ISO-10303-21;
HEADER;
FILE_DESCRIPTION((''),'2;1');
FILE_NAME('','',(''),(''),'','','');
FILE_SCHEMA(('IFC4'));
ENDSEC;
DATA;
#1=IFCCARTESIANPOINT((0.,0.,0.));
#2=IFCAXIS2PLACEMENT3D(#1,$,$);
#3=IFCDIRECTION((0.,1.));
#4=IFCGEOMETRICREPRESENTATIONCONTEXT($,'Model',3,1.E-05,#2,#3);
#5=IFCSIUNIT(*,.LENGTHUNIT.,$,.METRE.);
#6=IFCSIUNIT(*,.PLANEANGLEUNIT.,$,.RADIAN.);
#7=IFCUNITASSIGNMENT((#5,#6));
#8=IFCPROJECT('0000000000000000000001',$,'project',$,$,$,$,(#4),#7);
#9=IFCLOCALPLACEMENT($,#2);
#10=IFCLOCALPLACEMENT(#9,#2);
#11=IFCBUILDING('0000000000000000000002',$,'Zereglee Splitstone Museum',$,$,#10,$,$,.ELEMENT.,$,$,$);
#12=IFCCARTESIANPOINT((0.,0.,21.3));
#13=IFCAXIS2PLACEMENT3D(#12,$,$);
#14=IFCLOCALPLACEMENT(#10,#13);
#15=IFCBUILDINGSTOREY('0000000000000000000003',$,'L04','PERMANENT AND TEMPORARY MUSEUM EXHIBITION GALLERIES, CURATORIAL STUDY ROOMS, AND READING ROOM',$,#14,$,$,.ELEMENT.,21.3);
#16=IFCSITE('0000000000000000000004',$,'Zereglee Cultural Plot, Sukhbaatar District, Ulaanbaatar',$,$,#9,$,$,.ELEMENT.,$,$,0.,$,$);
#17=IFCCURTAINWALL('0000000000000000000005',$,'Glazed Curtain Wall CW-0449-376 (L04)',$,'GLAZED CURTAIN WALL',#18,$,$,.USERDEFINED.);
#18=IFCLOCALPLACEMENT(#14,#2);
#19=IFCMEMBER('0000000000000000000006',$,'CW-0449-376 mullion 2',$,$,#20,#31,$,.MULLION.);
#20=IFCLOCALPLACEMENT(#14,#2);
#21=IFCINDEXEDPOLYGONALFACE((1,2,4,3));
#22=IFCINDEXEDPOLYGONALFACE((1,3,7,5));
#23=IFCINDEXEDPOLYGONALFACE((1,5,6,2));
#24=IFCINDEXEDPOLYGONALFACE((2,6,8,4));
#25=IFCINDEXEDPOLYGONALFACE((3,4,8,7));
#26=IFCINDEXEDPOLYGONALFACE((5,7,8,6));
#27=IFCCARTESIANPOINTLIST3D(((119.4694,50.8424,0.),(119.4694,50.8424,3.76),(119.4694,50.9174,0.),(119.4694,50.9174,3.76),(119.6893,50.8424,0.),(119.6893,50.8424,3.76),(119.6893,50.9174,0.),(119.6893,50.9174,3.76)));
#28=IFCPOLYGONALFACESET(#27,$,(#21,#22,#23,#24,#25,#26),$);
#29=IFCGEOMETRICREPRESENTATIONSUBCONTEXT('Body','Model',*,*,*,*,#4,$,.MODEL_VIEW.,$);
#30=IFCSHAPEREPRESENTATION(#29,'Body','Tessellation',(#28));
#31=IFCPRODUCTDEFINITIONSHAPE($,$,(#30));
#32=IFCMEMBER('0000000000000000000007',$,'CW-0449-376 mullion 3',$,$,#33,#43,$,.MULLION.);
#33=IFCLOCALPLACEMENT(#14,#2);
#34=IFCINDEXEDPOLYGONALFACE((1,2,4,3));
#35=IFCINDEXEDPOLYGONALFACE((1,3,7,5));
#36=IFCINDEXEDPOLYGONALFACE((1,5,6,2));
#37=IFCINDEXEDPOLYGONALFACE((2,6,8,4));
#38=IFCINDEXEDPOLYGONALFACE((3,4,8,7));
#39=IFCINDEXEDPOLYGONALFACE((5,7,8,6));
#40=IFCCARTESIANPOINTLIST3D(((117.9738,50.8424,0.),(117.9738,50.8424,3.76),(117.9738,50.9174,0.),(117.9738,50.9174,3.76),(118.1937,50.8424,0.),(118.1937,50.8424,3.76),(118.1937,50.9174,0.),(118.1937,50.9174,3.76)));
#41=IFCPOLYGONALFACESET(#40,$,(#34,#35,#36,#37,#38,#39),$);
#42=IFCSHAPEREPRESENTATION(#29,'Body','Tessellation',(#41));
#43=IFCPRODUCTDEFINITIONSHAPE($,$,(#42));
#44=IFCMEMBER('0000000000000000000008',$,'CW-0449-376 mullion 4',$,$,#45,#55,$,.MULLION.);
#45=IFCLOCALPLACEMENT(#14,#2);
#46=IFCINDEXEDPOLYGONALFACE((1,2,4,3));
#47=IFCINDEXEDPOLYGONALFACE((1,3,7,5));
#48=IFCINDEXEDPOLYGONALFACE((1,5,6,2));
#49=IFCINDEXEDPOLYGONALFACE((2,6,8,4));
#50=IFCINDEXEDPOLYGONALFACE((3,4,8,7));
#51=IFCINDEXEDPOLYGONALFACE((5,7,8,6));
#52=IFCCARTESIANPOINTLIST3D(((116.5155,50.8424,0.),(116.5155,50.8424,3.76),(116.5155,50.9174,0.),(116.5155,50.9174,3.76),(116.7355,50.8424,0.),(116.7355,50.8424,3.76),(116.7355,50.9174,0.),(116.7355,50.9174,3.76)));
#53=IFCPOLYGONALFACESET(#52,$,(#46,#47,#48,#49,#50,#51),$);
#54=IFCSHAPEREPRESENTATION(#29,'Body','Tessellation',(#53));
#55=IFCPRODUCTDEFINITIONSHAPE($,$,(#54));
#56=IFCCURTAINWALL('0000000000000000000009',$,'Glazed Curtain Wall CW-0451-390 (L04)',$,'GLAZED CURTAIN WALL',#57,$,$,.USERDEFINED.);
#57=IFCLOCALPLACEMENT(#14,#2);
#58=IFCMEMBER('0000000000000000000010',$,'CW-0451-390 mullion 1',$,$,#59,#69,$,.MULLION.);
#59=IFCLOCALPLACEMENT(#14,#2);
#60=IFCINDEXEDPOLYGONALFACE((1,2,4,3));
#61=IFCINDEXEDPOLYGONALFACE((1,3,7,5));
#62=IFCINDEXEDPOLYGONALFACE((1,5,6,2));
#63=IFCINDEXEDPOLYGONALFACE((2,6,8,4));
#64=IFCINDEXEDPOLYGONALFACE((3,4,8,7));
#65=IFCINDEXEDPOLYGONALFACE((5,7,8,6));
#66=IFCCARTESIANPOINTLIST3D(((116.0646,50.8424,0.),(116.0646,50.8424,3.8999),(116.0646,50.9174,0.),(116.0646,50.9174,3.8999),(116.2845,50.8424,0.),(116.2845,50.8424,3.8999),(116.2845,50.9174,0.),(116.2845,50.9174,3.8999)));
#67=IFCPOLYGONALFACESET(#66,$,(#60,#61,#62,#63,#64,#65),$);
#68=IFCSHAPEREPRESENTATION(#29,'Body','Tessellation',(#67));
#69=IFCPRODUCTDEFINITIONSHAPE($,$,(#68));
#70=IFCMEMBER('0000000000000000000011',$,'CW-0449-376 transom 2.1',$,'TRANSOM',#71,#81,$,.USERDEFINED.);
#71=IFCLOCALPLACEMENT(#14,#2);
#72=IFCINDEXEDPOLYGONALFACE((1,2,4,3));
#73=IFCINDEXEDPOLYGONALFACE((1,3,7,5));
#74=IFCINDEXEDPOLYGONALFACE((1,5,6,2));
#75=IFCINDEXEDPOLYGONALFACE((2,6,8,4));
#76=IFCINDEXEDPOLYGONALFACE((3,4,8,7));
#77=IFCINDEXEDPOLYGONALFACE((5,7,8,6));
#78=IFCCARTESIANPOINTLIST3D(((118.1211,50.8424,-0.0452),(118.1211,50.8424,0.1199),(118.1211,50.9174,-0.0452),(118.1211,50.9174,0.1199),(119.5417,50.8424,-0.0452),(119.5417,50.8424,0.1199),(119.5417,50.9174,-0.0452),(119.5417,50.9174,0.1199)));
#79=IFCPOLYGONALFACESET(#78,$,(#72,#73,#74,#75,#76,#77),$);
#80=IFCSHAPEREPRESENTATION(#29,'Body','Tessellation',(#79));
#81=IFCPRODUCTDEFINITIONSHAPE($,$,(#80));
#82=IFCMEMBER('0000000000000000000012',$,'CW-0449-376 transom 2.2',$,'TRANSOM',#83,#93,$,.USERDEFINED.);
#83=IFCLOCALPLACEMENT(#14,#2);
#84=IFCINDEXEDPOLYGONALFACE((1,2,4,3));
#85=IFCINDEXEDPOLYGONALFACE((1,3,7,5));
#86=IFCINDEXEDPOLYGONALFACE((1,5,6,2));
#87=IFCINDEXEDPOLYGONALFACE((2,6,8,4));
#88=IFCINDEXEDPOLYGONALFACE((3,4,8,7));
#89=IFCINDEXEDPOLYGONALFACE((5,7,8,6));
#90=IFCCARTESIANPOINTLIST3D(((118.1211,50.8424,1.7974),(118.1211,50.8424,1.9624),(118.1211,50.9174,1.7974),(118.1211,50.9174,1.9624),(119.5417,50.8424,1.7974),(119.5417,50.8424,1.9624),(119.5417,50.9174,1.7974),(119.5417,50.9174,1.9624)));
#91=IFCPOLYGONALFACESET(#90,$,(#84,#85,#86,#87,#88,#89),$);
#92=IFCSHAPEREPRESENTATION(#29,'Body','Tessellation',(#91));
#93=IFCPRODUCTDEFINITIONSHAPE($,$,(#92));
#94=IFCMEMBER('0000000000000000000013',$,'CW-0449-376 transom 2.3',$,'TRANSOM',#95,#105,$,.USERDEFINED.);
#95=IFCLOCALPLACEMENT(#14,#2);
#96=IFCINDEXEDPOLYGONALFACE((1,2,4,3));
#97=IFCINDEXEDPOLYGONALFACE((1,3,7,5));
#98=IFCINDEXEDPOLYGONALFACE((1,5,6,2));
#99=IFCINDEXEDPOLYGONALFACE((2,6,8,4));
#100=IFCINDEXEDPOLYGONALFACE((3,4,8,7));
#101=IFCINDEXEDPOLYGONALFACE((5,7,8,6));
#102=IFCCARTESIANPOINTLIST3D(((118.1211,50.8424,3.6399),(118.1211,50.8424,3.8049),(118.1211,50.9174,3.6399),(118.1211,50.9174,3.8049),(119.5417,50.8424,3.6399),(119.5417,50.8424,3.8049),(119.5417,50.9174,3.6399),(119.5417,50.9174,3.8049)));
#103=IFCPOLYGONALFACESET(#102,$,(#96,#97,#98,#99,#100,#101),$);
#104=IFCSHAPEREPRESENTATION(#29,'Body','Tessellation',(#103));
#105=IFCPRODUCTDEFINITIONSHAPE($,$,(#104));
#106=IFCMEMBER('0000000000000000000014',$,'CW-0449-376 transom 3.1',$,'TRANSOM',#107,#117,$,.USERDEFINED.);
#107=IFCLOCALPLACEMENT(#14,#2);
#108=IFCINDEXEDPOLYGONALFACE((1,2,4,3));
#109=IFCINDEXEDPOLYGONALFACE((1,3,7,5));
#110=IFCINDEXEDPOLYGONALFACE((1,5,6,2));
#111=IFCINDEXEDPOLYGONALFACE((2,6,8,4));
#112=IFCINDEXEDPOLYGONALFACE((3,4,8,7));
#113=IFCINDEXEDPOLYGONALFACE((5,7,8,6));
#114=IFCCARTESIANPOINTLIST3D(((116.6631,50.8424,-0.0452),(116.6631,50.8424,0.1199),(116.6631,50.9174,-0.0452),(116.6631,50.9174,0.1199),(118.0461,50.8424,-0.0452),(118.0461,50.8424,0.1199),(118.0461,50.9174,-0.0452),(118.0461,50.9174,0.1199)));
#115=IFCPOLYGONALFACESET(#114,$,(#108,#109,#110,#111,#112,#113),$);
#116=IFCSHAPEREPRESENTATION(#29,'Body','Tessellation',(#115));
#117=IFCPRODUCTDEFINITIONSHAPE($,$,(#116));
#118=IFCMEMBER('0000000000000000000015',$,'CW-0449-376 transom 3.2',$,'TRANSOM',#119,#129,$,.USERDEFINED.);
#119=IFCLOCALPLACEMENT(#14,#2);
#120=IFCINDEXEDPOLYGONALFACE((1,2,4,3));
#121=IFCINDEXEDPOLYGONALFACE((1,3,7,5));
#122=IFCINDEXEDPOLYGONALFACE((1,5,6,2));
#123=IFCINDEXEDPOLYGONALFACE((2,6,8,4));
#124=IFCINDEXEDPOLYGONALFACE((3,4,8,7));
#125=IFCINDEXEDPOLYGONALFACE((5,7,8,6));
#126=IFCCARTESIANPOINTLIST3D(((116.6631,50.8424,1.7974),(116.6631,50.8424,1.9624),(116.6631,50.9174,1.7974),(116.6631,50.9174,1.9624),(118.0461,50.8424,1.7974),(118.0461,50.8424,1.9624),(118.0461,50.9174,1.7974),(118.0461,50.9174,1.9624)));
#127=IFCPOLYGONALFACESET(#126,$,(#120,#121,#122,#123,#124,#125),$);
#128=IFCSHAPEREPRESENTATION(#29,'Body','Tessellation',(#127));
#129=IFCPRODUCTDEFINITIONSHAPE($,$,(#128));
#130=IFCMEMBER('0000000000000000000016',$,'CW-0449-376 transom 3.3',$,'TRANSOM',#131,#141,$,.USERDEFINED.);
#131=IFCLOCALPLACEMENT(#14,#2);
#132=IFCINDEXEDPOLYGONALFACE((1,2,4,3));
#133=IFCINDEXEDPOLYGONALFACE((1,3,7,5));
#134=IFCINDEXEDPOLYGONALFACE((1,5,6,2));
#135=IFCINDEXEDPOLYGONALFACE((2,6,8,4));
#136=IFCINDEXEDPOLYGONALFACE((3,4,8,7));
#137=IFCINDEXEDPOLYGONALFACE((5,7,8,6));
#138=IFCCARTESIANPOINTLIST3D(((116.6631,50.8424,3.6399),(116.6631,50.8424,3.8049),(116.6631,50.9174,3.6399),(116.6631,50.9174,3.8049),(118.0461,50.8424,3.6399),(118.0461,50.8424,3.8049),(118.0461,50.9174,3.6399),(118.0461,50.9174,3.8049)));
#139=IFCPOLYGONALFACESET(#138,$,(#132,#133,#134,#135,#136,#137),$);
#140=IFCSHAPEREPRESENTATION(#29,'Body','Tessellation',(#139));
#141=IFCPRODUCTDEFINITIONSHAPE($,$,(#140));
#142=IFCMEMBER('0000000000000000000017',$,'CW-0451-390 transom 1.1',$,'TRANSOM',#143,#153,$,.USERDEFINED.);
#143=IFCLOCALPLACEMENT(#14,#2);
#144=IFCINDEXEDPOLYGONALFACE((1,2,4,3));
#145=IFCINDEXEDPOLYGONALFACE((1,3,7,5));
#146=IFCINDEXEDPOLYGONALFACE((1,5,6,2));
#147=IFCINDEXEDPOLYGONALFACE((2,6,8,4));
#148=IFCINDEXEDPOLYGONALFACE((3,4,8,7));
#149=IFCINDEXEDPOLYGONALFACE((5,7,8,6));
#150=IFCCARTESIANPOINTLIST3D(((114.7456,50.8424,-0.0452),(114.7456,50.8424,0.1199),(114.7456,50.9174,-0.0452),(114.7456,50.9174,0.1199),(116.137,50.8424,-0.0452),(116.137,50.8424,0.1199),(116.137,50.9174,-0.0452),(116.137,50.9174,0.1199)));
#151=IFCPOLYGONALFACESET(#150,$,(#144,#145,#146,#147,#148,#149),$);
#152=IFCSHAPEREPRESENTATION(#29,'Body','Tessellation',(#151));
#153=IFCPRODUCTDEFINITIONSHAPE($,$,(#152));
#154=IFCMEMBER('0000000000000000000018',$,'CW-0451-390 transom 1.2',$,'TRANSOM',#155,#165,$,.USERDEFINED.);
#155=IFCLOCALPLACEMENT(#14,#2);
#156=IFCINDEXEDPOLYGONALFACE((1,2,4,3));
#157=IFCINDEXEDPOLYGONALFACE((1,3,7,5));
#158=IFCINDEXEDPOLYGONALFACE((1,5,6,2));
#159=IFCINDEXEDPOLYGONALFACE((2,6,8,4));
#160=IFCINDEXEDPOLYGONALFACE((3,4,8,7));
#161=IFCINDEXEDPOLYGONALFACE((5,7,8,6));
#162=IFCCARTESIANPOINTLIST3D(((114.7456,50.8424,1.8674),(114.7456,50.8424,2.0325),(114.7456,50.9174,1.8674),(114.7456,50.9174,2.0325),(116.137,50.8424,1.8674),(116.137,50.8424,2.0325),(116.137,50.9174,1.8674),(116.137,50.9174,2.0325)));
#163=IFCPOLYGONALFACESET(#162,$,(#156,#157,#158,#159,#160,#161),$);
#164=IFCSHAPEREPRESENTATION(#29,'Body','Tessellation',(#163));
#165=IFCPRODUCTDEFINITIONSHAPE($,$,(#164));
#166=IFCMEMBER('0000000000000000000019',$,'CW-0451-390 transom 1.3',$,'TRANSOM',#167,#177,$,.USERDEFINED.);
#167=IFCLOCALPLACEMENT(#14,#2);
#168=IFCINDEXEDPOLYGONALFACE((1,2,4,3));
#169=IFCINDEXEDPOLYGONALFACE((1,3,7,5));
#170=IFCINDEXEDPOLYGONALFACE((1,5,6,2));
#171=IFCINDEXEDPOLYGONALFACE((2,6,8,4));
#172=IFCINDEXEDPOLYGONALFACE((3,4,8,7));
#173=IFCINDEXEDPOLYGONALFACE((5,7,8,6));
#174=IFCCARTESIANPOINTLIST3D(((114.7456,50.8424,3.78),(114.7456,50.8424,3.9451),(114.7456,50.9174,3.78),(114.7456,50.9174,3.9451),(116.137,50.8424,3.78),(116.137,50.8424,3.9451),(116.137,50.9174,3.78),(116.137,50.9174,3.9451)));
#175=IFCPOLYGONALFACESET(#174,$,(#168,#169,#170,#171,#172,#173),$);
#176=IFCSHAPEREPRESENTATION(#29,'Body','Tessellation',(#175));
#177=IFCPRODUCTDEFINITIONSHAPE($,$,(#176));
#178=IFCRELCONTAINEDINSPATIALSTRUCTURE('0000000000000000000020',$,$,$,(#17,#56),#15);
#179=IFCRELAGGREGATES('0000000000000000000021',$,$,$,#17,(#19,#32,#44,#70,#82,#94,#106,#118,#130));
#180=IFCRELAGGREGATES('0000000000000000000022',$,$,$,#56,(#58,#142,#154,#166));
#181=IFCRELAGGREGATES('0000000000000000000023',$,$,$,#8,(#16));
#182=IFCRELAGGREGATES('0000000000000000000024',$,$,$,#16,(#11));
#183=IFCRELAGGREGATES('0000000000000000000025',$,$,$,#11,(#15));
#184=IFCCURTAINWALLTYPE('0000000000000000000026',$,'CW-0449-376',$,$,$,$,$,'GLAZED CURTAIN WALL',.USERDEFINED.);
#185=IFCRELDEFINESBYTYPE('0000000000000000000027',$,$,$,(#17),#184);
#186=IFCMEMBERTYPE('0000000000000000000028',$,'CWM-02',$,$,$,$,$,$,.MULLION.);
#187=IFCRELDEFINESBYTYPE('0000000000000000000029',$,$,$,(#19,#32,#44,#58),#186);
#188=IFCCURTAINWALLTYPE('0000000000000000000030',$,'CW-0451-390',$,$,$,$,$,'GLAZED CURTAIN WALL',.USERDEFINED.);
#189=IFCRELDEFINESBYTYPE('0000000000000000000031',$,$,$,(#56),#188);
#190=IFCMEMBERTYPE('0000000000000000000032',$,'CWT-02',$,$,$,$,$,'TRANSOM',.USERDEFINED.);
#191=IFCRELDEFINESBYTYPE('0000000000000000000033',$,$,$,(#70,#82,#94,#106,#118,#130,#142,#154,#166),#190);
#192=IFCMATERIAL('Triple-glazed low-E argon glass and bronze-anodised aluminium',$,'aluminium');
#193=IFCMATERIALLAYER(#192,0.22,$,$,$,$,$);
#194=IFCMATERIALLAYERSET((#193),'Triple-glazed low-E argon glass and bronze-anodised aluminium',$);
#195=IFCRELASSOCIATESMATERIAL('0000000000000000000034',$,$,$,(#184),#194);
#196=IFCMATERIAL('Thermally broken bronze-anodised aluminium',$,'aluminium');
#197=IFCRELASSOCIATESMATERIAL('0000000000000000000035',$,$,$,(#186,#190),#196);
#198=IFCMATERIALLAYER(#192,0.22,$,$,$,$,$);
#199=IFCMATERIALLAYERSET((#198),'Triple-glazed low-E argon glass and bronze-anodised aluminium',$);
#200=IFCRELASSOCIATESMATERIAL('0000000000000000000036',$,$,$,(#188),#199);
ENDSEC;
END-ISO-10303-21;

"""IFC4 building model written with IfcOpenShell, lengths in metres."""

from ifc_helpers import new_model, si_unit, direction, frame, origin, origin_2d, place, context, subcontext, project, spatial, rectangle, extrude, material, layer, layer_set, material_profile, profile_set, type_object, element, aggregate, save


model = new_model("IFC4")

# Units and contexts
model_context = context("Model", 3, precision=1e-05, world=origin(), true_north=direction((0.0, 1.0)))
body_context = subcontext(model_context, "Body", "Model", "MODEL_VIEW")
ifc_project = project(units=[si_unit("LENGTHUNIT", "METRE"), si_unit("PLANEANGLEUNIT", "RADIAN")], contexts=[model_context])

# Site, building, storey
site_placement = place(None, origin())
site = spatial("IfcSite", under=ifc_project, at=site_placement, Name="Zereglee Cultural Plot, Sukhbaatar District, Ulaanbaatar", CompositionType="ELEMENT", RefElevation=0.0)
building_placement = place(site_placement, origin())
building = spatial("IfcBuilding", under=site, at=building_placement, Name="Zereglee Splitstone Museum", CompositionType="ELEMENT")
storey_placement = place(building_placement, frame((0.0, 0.0, 21.3)))
storey = spatial("IfcBuildingStorey", under=building, at=storey_placement, Name="L04", Description="PERMANENT AND TEMPORARY MUSEUM EXHIBITION GALLERIES, CURATORIAL STUDY ROOMS, AND READING ROOM", CompositionType="ELEMENT", Elevation=21.3)

# Curtain wall, members
ifc_material_1 = material(Name="Triple-glazed low-E argon glass and bronze-anodised aluminium", Category="aluminium")
ifc_layer_1 = layer(ifc_material_1, 0.22)
ifc_layer_set_1 = layer_set([ifc_layer_1], Name="Triple-glazed low-E argon glass and bronze-anodised aluminium")
curtain_wall_type_1 = type_object("IfcCurtainWallType", Name="CW-0449-376", ElementType="GLAZED CURTAIN WALL", PredefinedType="USERDEFINED", material=ifc_layer_set_1)
curtain_wall_1_placement = place(storey_placement, origin())
curtain_wall_1 = element("IfcCurtainWall", 1, at=curtain_wall_1_placement, inside=storey, type_object=curtain_wall_type_1, Name="Glazed Curtain Wall CW-0449-376 (L04)", ObjectType="GLAZED CURTAIN WALL", PredefinedType="USERDEFINED")
ifc_material_2 = material(Name="Thermally broken bronze-anodised aluminium", Category="aluminium")
ifc_material_profile_1 = material_profile(ifc_material_2, rectangle(XDim=0.075, YDim=0.22, at=origin_2d()), Name="CW MULL 75x220")
ifc_profile_set_1 = profile_set([ifc_material_profile_1], Name="Thermally broken bronze-anodised aluminium")
member_type_1 = type_object("IfcMemberType", Name="CWM-02", PredefinedType="MULLION", material=ifc_profile_set_1)
member_1_placement = place(storey_placement, frame((119.5793, 50.8799, 0.0), z_axis=(0.0, 0.0, 1.0), x_axis=(0.0, -1.0, 0.0)))
member_1 = element("IfcMember", 2, at=member_1_placement, type_object=member_type_1, Name="CW-0449-376 mullion 2", PredefinedType="MULLION", context=body_context, shape_type="SweptSolid", body=[
    extrude(rectangle(XDim=0.075, YDim=0.22, at=origin_2d()), origin(), (0.0, 0.0, 1.0), 3.76),
])
member_2_placement = place(storey_placement, frame((118.0837, 50.8799, 0.0), z_axis=(0.0, 0.0, 1.0), x_axis=(0.0, -1.0, 0.0)))
member_2 = element("IfcMember", 3, at=member_2_placement, type_object=member_type_1, Name="CW-0449-376 mullion 3", PredefinedType="MULLION", context=body_context, shape_type="SweptSolid", body=[
    extrude(rectangle(XDim=0.075, YDim=0.22, at=origin_2d()), origin(), (0.0, 0.0, 1.0), 3.76),
])
member_3_placement = place(storey_placement, frame((116.6255, 50.8799, 0.0), z_axis=(0.0, 0.0, 1.0), x_axis=(0.0, -1.0, 0.0)))
member_3 = element("IfcMember", 4, at=member_3_placement, type_object=member_type_1, Name="CW-0449-376 mullion 4", PredefinedType="MULLION", context=body_context, shape_type="SweptSolid", body=[
    extrude(rectangle(XDim=0.075, YDim=0.22, at=origin_2d()), origin(), (0.0, 0.0, 1.0), 3.76),
])

# Curtain wall, member
ifc_layer_2 = layer(ifc_material_1, 0.22)
ifc_layer_set_2 = layer_set([ifc_layer_2], Name="Triple-glazed low-E argon glass and bronze-anodised aluminium")
curtain_wall_type_2 = type_object("IfcCurtainWallType", Name="CW-0451-390", ElementType="GLAZED CURTAIN WALL", PredefinedType="USERDEFINED", material=ifc_layer_set_2)
curtain_wall_2_placement = place(storey_placement, origin())
curtain_wall_2 = element("IfcCurtainWall", 5, at=curtain_wall_2_placement, inside=storey, type_object=curtain_wall_type_2, Name="Glazed Curtain Wall CW-0451-390 (L04)", ObjectType="GLAZED CURTAIN WALL", PredefinedType="USERDEFINED")
member_4_placement = place(storey_placement, frame((116.1746, 50.8799, 0.0), z_axis=(0.0, 0.0, 1.0), x_axis=(0.0, -1.0, 0.0)))
member_4 = element("IfcMember", 6, at=member_4_placement, type_object=member_type_1, Name="CW-0451-390 mullion 1", PredefinedType="MULLION", context=body_context, shape_type="SweptSolid", body=[
    extrude(rectangle(XDim=0.075, YDim=0.22, at=origin_2d()), origin(), (0.0, 0.0, 1.0), 3.8999),
])

# Members
ifc_material_profile_2 = material_profile(ifc_material_2, rectangle(XDim=0.075, YDim=0.165, at=origin_2d()), Name="CW TRAN 75x165")
ifc_profile_set_2 = profile_set([ifc_material_profile_2], Name="Thermally broken bronze-anodised aluminium")
member_type_2 = type_object("IfcMemberType", Name="CWT-02", ElementType="TRANSOM", PredefinedType="USERDEFINED", material=ifc_profile_set_2)
member_5_placement = place(storey_placement, frame((119.5417, 50.8799, 0.0374), z_axis=(-1.0, 0.0, 0.0), x_axis=(0.0, -1.0, 0.0)))
member_5 = element("IfcMember", 7, at=member_5_placement, type_object=member_type_2, Name="CW-0449-376 transom 2.1", ObjectType="TRANSOM", PredefinedType="USERDEFINED", context=body_context, shape_type="SweptSolid", body=[
    extrude(rectangle(XDim=0.075, YDim=0.165, at=origin_2d()), origin(), (0.0, 0.0, 1.0), 1.4207),
])
member_6_placement = place(storey_placement, frame((119.5417, 50.8799, 1.8799), z_axis=(-1.0, 0.0, 0.0), x_axis=(0.0, -1.0, 0.0)))
member_6 = element("IfcMember", 8, at=member_6_placement, type_object=member_type_2, Name="CW-0449-376 transom 2.2", ObjectType="TRANSOM", PredefinedType="USERDEFINED", context=body_context, shape_type="SweptSolid", body=[
    extrude(rectangle(XDim=0.075, YDim=0.165, at=origin_2d()), origin(), (0.0, 0.0, 1.0), 1.4207),
])
member_7_placement = place(storey_placement, frame((119.5417, 50.8799, 3.7224), z_axis=(-1.0, 0.0, 0.0), x_axis=(0.0, -1.0, 0.0)))
member_7 = element("IfcMember", 9, at=member_7_placement, type_object=member_type_2, Name="CW-0449-376 transom 2.3", ObjectType="TRANSOM", PredefinedType="USERDEFINED", context=body_context, shape_type="SweptSolid", body=[
    extrude(rectangle(XDim=0.075, YDim=0.165, at=origin_2d()), origin(), (0.0, 0.0, 1.0), 1.4207),
])
member_8_placement = place(storey_placement, frame((118.0461, 50.8799, 0.0374), z_axis=(-1.0, 0.0, 0.0), x_axis=(0.0, -1.0, 0.0)))
member_8 = element("IfcMember", 10, at=member_8_placement, type_object=member_type_2, Name="CW-0449-376 transom 3.1", ObjectType="TRANSOM", PredefinedType="USERDEFINED", context=body_context, shape_type="SweptSolid", body=[
    extrude(rectangle(XDim=0.075, YDim=0.165, at=origin_2d()), origin(), (0.0, 0.0, 1.0), 1.3831),
])
member_9_placement = place(storey_placement, frame((118.0461, 50.8799, 1.8799), z_axis=(-1.0, 0.0, 0.0), x_axis=(0.0, -1.0, 0.0)))
member_9 = element("IfcMember", 11, at=member_9_placement, type_object=member_type_2, Name="CW-0449-376 transom 3.2", ObjectType="TRANSOM", PredefinedType="USERDEFINED", context=body_context, shape_type="SweptSolid", body=[
    extrude(rectangle(XDim=0.075, YDim=0.165, at=origin_2d()), origin(), (0.0, 0.0, 1.0), 1.3831),
])
member_10_placement = place(storey_placement, frame((118.0461, 50.8799, 3.7224), z_axis=(-1.0, 0.0, 0.0), x_axis=(0.0, -1.0, 0.0)))
member_10 = element("IfcMember", 12, at=member_10_placement, type_object=member_type_2, Name="CW-0449-376 transom 3.3", ObjectType="TRANSOM", PredefinedType="USERDEFINED", context=body_context, shape_type="SweptSolid", body=[
    extrude(rectangle(XDim=0.075, YDim=0.165, at=origin_2d()), origin(), (0.0, 0.0, 1.0), 1.3831),
])
member_11_placement = place(storey_placement, frame((116.137, 50.8799, 0.0374), z_axis=(-1.0, 0.0, 0.0), x_axis=(0.0, -1.0, 0.0)))
member_11 = element("IfcMember", 13, at=member_11_placement, type_object=member_type_2, Name="CW-0451-390 transom 1.1", ObjectType="TRANSOM", PredefinedType="USERDEFINED", context=body_context, shape_type="SweptSolid", body=[
    extrude(rectangle(XDim=0.075, YDim=0.165, at=origin_2d()), origin(), (0.0, 0.0, 1.0), 1.3914),
])
member_12_placement = place(storey_placement, frame((116.137, 50.8799, 1.95), z_axis=(-1.0, 0.0, 0.0), x_axis=(0.0, -1.0, 0.0)))
member_12 = element("IfcMember", 14, at=member_12_placement, type_object=member_type_2, Name="CW-0451-390 transom 1.2", ObjectType="TRANSOM", PredefinedType="USERDEFINED", context=body_context, shape_type="SweptSolid", body=[
    extrude(rectangle(XDim=0.075, YDim=0.165, at=origin_2d()), origin(), (0.0, 0.0, 1.0), 1.3914),
])
member_13_placement = place(storey_placement, frame((116.137, 50.8799, 3.8625), z_axis=(-1.0, 0.0, 0.0), x_axis=(0.0, -1.0, 0.0)))
member_13 = element("IfcMember", 15, at=member_13_placement, type_object=member_type_2, Name="CW-0451-390 transom 1.3", ObjectType="TRANSOM", PredefinedType="USERDEFINED", context=body_context, shape_type="SweptSolid", body=[
    extrude(rectangle(XDim=0.075, YDim=0.165, at=origin_2d()), origin(), (0.0, 0.0, 1.0), 1.3914),
])

aggregate(curtain_wall_1, [member_1, member_2, member_3, member_5, member_6, member_7, member_8, member_9, member_10])
aggregate(curtain_wall_2, [member_4, member_11, member_12, member_13])

save(model, "model.ifc")
